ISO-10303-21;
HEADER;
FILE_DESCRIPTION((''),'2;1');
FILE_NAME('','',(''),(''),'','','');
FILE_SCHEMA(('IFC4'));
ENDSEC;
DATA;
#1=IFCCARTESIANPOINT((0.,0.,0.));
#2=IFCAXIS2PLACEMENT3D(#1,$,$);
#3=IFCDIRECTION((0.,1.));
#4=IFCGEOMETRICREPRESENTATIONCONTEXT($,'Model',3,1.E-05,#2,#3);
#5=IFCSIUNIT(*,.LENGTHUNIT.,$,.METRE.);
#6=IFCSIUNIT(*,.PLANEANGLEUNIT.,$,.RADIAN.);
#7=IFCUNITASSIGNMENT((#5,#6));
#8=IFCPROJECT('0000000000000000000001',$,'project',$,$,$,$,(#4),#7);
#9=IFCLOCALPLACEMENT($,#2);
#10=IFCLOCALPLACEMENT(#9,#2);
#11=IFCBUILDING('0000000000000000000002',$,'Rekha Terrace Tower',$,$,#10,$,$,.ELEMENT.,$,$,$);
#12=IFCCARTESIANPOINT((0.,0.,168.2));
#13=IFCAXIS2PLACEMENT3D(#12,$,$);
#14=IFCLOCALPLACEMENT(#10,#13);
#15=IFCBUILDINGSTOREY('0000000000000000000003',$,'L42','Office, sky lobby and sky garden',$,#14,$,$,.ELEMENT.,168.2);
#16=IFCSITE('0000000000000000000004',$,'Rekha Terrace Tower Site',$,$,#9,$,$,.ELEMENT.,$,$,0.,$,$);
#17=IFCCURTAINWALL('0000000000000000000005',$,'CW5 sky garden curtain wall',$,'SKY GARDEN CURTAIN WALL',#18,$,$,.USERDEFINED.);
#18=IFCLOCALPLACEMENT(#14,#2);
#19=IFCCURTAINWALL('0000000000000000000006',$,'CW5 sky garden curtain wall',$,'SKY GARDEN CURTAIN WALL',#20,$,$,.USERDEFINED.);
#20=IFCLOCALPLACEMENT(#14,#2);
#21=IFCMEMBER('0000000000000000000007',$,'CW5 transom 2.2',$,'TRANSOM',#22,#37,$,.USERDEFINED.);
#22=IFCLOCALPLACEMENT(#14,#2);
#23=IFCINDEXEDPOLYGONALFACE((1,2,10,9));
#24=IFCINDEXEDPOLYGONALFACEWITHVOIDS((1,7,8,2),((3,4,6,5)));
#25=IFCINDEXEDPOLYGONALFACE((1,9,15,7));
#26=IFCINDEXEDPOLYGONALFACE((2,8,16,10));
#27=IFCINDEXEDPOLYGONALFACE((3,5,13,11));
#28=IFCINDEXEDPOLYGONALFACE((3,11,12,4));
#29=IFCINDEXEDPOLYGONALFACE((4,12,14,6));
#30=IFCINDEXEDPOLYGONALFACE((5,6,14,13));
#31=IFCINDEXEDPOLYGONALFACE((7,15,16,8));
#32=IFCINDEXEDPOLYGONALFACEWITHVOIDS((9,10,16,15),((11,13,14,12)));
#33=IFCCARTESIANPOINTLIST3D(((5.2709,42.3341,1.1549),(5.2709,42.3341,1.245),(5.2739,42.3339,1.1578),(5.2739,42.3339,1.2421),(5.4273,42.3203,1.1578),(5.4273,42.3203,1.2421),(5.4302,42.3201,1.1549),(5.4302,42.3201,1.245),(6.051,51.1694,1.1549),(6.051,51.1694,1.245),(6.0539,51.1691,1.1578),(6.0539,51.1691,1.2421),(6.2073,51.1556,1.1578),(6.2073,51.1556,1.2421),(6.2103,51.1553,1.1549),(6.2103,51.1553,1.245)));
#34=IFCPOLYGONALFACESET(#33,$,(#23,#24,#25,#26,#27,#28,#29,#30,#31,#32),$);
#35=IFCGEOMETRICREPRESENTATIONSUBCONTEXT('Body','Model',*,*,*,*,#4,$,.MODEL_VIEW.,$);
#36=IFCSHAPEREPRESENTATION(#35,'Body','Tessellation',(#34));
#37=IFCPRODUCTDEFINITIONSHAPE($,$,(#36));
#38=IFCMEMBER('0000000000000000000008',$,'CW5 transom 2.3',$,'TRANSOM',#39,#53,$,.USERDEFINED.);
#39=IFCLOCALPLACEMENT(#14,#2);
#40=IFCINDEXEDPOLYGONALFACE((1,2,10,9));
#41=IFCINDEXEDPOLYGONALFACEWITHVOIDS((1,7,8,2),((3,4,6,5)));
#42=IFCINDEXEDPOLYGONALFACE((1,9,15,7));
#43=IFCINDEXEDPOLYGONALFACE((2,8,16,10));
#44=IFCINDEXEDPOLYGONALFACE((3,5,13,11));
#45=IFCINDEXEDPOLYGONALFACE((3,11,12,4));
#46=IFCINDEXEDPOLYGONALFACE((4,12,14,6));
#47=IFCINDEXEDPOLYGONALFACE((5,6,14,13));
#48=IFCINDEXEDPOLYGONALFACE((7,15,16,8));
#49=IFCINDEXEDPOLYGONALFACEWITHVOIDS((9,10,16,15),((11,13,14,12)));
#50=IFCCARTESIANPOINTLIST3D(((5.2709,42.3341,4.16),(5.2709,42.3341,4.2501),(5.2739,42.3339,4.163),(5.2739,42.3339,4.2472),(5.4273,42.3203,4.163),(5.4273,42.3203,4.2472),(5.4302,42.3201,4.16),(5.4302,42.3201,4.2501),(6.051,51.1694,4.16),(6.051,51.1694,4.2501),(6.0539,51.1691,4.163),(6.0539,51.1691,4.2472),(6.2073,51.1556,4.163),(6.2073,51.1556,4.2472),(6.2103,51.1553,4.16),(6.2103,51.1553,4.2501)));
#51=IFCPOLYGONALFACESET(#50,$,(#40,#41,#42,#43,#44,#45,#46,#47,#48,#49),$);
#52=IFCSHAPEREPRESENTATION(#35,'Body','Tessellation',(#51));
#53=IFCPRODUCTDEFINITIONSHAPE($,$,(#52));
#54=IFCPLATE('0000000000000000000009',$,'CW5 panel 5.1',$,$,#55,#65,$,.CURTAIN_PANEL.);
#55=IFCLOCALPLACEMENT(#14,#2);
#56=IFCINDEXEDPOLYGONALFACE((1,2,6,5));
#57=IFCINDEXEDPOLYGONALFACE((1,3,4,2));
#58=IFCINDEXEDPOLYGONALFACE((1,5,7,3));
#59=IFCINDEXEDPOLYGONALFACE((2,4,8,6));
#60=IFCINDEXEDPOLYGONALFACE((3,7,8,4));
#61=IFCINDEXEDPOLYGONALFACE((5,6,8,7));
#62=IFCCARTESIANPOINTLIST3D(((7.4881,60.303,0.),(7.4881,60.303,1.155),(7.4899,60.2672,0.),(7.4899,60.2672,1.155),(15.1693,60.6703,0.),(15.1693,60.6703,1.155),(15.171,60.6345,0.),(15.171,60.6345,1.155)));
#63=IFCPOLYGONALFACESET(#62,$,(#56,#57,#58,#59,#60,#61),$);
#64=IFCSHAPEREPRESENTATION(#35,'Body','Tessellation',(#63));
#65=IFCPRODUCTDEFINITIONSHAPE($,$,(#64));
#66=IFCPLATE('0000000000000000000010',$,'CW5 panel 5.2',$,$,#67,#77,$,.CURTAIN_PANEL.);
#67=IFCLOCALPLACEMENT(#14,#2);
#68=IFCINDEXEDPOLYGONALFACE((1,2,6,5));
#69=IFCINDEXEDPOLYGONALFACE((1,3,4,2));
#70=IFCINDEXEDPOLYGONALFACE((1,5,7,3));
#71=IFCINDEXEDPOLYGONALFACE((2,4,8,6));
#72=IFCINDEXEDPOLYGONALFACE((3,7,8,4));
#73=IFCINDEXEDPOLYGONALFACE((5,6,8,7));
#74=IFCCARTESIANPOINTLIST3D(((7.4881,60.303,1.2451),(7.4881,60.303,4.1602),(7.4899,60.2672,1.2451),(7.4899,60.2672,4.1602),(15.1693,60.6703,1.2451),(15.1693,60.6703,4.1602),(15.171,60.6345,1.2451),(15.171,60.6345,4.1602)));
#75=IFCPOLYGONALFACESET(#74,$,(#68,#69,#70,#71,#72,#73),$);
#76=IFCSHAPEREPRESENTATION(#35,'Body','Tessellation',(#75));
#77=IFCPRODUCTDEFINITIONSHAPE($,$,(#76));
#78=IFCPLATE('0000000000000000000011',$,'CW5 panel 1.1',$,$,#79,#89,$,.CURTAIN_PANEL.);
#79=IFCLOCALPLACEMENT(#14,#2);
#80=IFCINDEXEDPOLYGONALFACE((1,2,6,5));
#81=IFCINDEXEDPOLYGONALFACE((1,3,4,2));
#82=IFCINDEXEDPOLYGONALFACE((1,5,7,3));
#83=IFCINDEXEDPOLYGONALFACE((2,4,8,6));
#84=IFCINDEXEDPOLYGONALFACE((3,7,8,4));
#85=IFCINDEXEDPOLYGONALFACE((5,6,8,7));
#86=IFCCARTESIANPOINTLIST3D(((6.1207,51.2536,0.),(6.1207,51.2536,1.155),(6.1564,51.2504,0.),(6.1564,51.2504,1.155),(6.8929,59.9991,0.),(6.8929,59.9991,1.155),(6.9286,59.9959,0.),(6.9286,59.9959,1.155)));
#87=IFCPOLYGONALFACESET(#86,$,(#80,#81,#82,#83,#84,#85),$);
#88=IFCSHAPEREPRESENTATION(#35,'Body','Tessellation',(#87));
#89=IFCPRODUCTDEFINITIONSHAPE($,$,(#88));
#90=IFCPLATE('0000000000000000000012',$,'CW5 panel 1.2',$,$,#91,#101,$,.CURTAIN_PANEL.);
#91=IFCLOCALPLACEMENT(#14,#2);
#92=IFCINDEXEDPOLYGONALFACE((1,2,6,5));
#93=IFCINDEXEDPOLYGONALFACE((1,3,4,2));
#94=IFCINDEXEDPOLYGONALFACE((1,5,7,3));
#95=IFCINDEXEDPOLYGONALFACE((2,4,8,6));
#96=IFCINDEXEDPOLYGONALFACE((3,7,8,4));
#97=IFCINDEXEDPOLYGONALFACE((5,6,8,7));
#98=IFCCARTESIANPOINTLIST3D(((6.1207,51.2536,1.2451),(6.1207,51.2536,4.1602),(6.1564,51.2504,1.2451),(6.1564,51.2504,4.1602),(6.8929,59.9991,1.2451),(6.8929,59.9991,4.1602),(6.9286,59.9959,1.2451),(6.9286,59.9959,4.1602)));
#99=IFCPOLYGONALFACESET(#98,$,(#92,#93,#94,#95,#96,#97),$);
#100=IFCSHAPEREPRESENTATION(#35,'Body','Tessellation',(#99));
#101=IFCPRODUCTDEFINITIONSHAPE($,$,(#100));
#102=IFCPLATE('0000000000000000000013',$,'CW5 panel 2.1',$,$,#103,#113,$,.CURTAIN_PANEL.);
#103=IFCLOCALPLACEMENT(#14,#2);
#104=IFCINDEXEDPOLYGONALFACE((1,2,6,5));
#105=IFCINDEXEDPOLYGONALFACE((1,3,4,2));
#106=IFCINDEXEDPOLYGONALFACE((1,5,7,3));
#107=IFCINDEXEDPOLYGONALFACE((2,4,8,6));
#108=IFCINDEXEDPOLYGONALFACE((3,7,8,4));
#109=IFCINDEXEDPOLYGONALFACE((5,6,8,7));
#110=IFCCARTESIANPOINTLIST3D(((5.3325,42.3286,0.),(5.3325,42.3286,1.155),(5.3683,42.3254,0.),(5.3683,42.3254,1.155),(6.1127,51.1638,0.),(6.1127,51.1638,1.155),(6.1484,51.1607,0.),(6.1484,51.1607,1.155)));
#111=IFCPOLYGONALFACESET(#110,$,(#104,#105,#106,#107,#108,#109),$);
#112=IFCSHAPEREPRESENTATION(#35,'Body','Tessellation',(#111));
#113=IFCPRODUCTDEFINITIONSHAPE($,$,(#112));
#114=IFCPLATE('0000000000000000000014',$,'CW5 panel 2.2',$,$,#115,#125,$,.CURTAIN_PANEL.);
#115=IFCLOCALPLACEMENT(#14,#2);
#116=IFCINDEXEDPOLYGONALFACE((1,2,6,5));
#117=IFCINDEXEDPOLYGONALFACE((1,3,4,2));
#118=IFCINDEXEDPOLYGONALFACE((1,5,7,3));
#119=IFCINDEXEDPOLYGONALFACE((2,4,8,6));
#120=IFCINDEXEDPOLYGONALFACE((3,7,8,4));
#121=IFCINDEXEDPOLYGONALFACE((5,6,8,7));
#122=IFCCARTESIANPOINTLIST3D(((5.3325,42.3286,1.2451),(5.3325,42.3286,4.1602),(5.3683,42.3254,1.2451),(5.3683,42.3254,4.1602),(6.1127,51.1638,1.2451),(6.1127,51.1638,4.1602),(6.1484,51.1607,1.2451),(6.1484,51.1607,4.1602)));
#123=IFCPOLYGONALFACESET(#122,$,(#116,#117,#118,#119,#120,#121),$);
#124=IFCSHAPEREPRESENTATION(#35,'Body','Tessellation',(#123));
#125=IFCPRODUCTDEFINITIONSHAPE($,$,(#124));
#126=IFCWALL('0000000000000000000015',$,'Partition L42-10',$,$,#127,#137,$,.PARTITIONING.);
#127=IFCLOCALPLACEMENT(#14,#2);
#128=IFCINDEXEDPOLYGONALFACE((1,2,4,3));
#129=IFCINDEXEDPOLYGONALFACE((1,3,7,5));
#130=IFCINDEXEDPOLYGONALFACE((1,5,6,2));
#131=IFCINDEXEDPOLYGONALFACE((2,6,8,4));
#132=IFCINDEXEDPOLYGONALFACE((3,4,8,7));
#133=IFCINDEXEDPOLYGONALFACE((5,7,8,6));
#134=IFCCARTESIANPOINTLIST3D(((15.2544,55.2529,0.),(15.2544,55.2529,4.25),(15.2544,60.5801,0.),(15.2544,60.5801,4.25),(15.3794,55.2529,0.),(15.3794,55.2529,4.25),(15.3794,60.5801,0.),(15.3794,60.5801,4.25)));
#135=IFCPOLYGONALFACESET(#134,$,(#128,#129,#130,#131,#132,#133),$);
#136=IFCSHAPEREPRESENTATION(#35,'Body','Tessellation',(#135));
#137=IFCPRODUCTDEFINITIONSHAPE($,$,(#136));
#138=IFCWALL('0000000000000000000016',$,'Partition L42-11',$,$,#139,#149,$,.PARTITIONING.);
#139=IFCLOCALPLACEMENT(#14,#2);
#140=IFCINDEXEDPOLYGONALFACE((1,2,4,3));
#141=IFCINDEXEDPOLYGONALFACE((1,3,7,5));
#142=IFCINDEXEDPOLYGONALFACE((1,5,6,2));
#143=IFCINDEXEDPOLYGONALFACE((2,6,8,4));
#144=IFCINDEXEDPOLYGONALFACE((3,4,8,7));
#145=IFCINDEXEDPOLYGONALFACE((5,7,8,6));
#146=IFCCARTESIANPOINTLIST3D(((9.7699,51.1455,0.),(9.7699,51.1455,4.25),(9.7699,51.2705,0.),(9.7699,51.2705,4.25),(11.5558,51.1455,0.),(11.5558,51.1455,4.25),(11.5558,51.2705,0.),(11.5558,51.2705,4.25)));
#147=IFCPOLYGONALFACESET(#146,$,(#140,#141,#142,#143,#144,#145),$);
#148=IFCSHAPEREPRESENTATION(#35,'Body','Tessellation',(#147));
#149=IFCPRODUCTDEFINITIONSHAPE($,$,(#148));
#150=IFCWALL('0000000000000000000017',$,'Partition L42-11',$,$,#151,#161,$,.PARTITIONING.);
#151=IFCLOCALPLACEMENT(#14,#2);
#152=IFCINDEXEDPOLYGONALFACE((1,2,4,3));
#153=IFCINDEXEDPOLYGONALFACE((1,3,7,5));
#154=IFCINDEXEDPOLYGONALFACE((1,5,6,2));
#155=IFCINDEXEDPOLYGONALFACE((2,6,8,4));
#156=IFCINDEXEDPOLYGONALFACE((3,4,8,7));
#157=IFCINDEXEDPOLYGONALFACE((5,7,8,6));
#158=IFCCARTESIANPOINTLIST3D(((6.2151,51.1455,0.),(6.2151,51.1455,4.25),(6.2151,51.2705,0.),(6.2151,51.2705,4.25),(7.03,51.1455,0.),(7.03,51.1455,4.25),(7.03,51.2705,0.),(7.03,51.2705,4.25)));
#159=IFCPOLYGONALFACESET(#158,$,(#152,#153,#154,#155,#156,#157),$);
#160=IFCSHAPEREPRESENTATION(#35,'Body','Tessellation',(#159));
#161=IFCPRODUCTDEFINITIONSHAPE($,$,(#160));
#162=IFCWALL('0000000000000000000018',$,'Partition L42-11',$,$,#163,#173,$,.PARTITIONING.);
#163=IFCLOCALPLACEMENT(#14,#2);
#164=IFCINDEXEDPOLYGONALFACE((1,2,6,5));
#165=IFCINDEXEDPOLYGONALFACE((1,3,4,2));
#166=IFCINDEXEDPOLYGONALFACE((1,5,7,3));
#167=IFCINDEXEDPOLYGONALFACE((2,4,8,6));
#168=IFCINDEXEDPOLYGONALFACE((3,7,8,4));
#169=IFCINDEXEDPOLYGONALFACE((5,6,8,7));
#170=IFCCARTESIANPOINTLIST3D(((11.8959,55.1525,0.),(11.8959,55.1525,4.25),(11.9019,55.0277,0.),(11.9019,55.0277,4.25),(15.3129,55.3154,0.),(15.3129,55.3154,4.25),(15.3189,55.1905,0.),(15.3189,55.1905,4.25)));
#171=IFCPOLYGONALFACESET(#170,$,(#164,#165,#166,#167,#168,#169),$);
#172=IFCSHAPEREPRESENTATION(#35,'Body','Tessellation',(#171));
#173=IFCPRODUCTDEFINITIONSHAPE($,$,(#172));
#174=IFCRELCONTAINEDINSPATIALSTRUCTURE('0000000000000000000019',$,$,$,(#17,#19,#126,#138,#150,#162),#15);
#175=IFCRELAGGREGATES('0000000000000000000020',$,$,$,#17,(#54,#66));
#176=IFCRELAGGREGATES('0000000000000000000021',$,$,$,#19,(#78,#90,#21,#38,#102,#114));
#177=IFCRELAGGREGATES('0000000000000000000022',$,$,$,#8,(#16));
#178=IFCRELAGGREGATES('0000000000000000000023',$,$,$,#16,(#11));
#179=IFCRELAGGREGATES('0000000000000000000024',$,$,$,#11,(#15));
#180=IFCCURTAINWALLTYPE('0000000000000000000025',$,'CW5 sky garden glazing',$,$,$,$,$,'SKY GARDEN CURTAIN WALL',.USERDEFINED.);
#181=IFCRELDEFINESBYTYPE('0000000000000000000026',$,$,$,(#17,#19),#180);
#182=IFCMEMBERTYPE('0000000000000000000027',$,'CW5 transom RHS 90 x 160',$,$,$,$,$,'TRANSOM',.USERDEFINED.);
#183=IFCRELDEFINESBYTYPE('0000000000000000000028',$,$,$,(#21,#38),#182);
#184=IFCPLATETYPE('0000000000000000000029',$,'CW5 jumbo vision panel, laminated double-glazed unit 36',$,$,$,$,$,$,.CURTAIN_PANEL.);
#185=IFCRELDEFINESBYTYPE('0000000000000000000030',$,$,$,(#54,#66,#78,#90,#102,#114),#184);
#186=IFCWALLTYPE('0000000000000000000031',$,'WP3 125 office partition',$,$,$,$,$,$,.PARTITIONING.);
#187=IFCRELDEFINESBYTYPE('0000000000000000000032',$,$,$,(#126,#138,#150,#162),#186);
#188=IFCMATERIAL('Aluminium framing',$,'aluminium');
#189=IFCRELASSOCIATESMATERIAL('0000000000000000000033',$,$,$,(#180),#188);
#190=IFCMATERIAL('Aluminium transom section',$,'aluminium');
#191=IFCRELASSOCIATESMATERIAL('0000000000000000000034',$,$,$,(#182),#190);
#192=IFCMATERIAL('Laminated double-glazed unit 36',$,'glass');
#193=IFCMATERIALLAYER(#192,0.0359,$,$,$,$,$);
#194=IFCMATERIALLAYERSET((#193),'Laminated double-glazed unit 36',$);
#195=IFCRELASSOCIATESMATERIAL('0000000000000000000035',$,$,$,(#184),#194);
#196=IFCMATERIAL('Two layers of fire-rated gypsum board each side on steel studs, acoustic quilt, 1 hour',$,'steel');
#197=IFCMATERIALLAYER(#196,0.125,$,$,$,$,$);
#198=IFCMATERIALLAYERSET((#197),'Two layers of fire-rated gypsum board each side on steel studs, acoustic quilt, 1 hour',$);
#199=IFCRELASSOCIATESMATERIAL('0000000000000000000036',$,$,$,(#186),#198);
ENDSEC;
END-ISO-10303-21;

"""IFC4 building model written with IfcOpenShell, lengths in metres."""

from ifc_helpers import new_model, si_unit, direction, frame, frame_2d, origin, origin_2d, place, context, subcontext, project, spatial, rectangle, hollow_rectangle, extrude, material, layer, layer_set, material_profile, profile_set, type_object, element, aggregate, save


model = new_model("IFC4")

# Units and contexts
model_context = context("Model", 3, precision=1e-05, world=origin(), true_north=direction((0.0, 1.0)))
body_context = subcontext(model_context, "Body", "Model", "MODEL_VIEW")
ifc_project = project(units=[si_unit("LENGTHUNIT", "METRE"), si_unit("PLANEANGLEUNIT", "RADIAN")], contexts=[model_context])

# Site, building, storey
site_placement = place(None, origin())
site = spatial("IfcSite", under=ifc_project, at=site_placement, Name="Rekha Terrace Tower Site", CompositionType="ELEMENT", RefElevation=0.0)
building_placement = place(site_placement, origin())
building = spatial("IfcBuilding", under=site, at=building_placement, Name="Rekha Terrace Tower", CompositionType="ELEMENT")
storey_placement = place(building_placement, frame((0.0, 0.0, 168.2)))
storey = spatial("IfcBuildingStorey", under=building, at=storey_placement, Name="L42", Description="Office, sky lobby and sky garden", CompositionType="ELEMENT", Elevation=168.2)

# Curtain walls
ifc_material_1 = material(Name="Aluminium framing", Category="aluminium")
curtain_wall_type = type_object("IfcCurtainWallType", Name="CW5 sky garden glazing", ElementType="SKY GARDEN CURTAIN WALL", PredefinedType="USERDEFINED", material=ifc_material_1)
curtain_wall_1_placement = place(storey_placement, origin())
curtain_wall_1 = element("IfcCurtainWall", 1, at=curtain_wall_1_placement, inside=storey, type_object=curtain_wall_type, Name="CW5 sky garden curtain wall", ObjectType="SKY GARDEN CURTAIN WALL", PredefinedType="USERDEFINED")
curtain_wall_2_placement = place(storey_placement, origin())
curtain_wall_2 = element("IfcCurtainWall", 2, at=curtain_wall_2_placement, inside=storey, type_object=curtain_wall_type, Name="CW5 sky garden curtain wall", ObjectType="SKY GARDEN CURTAIN WALL", PredefinedType="USERDEFINED")

# Members
ifc_material_2 = material(Name="Aluminium transom section", Category="aluminium")
ifc_material_profile_1 = material_profile(ifc_material_2, hollow_rectangle(XDim=0.1599, YDim=0.0901, WallThickness=0.0029, at=origin_2d()), Name="AL RHS 160x90")
ifc_profile_set_1 = profile_set([ifc_material_profile_1], Name="Aluminium transom section")
member_type_1 = type_object("IfcMemberType", Name="CW5 transom RHS 90 x 160", ElementType="TRANSOM", PredefinedType="USERDEFINED", material=ifc_profile_set_1)
member_1_placement = place(storey_placement, frame((6.1306, 51.1624, 1.2), z_axis=(-0.087944, -0.996125, 0.0), x_axis=(0.996125, -0.087944, 0.0)))
member_1 = element("IfcMember", 3, at=member_1_placement, type_object=member_type_1, Name="CW5 transom 2.2", ObjectType="TRANSOM", PredefinedType="USERDEFINED", context=body_context, shape_type="SweptSolid", body=[
    extrude(hollow_rectangle(XDim=0.1599, YDim=0.0901, WallThickness=0.0029, at=origin_2d()), origin(), (0.0, 0.0, 1.0), 8.8696),
])
member_2_placement = place(storey_placement, frame((6.1306, 51.1624, 4.2051), z_axis=(-0.087944, -0.996125, 0.0), x_axis=(0.996125, -0.087944, 0.0)))
member_2 = element("IfcMember", 4, at=member_2_placement, type_object=member_type_1, Name="CW5 transom 2.3", ObjectType="TRANSOM", PredefinedType="USERDEFINED", context=body_context, shape_type="SweptSolid", body=[
    extrude(hollow_rectangle(XDim=0.1599, YDim=0.0901, WallThickness=0.0029, at=origin_2d()), origin(), (0.0, 0.0, 1.0), 8.8696),
])

# Plates
ifc_material_3 = material(Name="Laminated double-glazed unit 36", Category="glass")
ifc_layer_1 = layer(ifc_material_3, 0.0359)
ifc_layer_set_1 = layer_set([ifc_layer_1], Name="Laminated double-glazed unit 36")
plate_type = type_object("IfcPlateType", Name="CW5 jumbo vision panel, laminated double-glazed unit 36", PredefinedType="CURTAIN_PANEL", material=ifc_layer_set_1)
plate_1_placement = place(storey_placement, frame((11.3296, 60.4688, 0.0), z_axis=(0.0, 0.0, 1.0), x_axis=(-0.998859, -0.047759, 0.0)))
plate_1 = element("IfcPlate", 5, at=plate_1_placement, type_object=plate_type, Name="CW5 panel 5.1", PredefinedType="CURTAIN_PANEL", context=body_context, shape_type="SweptSolid", body=[
    extrude(rectangle(XDim=7.6899, YDim=0.0359, at=origin_2d()), origin(), (0.0, 0.0, 1.0), 1.155),
])
plate_2_placement = place(storey_placement, frame((11.3296, 60.4688, 1.2451), z_axis=(0.0, 0.0, 1.0), x_axis=(-0.998859, -0.047759, 0.0)))
plate_2 = element("IfcPlate", 6, at=plate_2_placement, type_object=plate_type, Name="CW5 panel 5.2", PredefinedType="CURTAIN_PANEL", context=body_context, shape_type="SweptSolid", body=[
    extrude(rectangle(XDim=7.6899, YDim=0.0359, at=origin_2d()), origin(), (0.0, 0.0, 1.0), 2.915),
])
aggregate(curtain_wall_1, [plate_1, plate_2])
plate_3_placement = place(storey_placement, frame((6.5247, 55.6248, 0.0), z_axis=(0.0, 0.0, 1.0), x_axis=(-0.087958, -0.996124, 0.0)))
plate_3 = element("IfcPlate", 7, at=plate_3_placement, type_object=plate_type, Name="CW5 panel 1.1", PredefinedType="CURTAIN_PANEL", context=body_context, shape_type="SweptSolid", body=[
    extrude(rectangle(XDim=8.7795, YDim=0.0359, at=origin_2d()), origin(), (0.0, 0.0, 1.0), 1.155),
])
plate_4_placement = place(storey_placement, frame((6.5247, 55.6248, 1.2451), z_axis=(0.0, 0.0, 1.0), x_axis=(-0.087958, -0.996124, 0.0)))
plate_4 = element("IfcPlate", 8, at=plate_4_placement, type_object=plate_type, Name="CW5 panel 1.2", PredefinedType="CURTAIN_PANEL", context=body_context, shape_type="SweptSolid", body=[
    extrude(rectangle(XDim=8.7795, YDim=0.0359, at=origin_2d()), origin(), (0.0, 0.0, 1.0), 2.915),
])
plate_5_placement = place(storey_placement, frame((5.7405, 46.7446, 0.0), z_axis=(0.0, 0.0, 1.0), x_axis=(-0.087958, -0.996124, 0.0)))
plate_5 = element("IfcPlate", 9, at=plate_5_placement, type_object=plate_type, Name="CW5 panel 2.1", PredefinedType="CURTAIN_PANEL", context=body_context, shape_type="SweptSolid", body=[
    extrude(rectangle(XDim=8.8696, YDim=0.0359, at=origin_2d()), origin(), (0.0, 0.0, 1.0), 1.155),
])
plate_6_placement = place(storey_placement, frame((5.7405, 46.7446, 1.2451), z_axis=(0.0, 0.0, 1.0), x_axis=(-0.087958, -0.996124, 0.0)))
plate_6 = element("IfcPlate", 10, at=plate_6_placement, type_object=plate_type, Name="CW5 panel 2.2", PredefinedType="CURTAIN_PANEL", context=body_context, shape_type="SweptSolid", body=[
    extrude(rectangle(XDim=8.8696, YDim=0.0359, at=origin_2d()), origin(), (0.0, 0.0, 1.0), 2.915),
])
aggregate(curtain_wall_2, [plate_3, plate_4, member_1, member_2, plate_5, plate_6])

# Walls
ifc_material_4 = material(Name="Two layers of fire-rated gypsum board each side on steel studs, acoustic quilt, 1 hour", Category="steel")
ifc_layer_2 = layer(ifc_material_4, 0.125)
ifc_layer_set_2 = layer_set([ifc_layer_2], Name="Two layers of fire-rated gypsum board each side on steel studs, acoustic quilt, 1 hour")
wall_type = type_object("IfcWallType", Name="WP3 125 office partition", PredefinedType="PARTITIONING", material=ifc_layer_set_2)
wall_1_placement = place(storey_placement, frame((15.3169, 55.2529, 0.0), z_axis=(0.0, 0.0, 1.0), x_axis=(0.0, 1.0, 0.0)))
element("IfcWall", 11, at=wall_1_placement, inside=storey, type_object=wall_type, Name="Partition L42-10", PredefinedType="PARTITIONING", context=body_context, shape_type="SweptSolid", body=[
    extrude(rectangle(XDim=5.3271, YDim=0.125, at=frame_2d((2.6636, 0.0))), origin(), (0.0, 0.0, 1.0), 4.25),
])
wall_2_placement = place(storey_placement, frame((11.5559, 51.208, 0.0), z_axis=(0.0, 0.0, 1.0), x_axis=(-1.0, 0.0, 0.0)))
element("IfcWall", 12, at=wall_2_placement, inside=storey, type_object=wall_type, Name="Partition L42-11", PredefinedType="PARTITIONING", context=body_context, shape_type="SweptSolid", body=[
    extrude(rectangle(XDim=1.7859, YDim=0.125, at=frame_2d((0.8931, 0.0))), origin(), (0.0, 0.0, 1.0), 4.25),
])
wall_3_placement = place(storey_placement, frame((7.03, 51.208, 0.0), z_axis=(0.0, 0.0, 1.0), x_axis=(-1.0, 0.0, 0.0)))
element("IfcWall", 13, at=wall_3_placement, inside=storey, type_object=wall_type, Name="Partition L42-11", PredefinedType="PARTITIONING", context=body_context, shape_type="SweptSolid", body=[
    extrude(rectangle(XDim=0.8149, YDim=0.125, at=frame_2d((0.4075, 0.0))), origin(), (0.0, 0.0, 1.0), 4.25),
])
wall_4_placement = place(storey_placement, frame((15.3159, 55.2529, 0.0), z_axis=(0.0, 0.0, 1.0), x_axis=(-0.998866, -0.047602, 0.0)))
element("IfcWall", 14, at=wall_4_placement, inside=storey, type_object=wall_type, Name="Partition L42-11", PredefinedType="PARTITIONING", context=body_context, shape_type="SweptSolid", body=[
    extrude(rectangle(XDim=3.4209, YDim=0.125, at=frame_2d((1.7104, 0.0))), origin(), (0.0, 0.0, 1.0), 4.25),
])

save(model, "model.ifc")
